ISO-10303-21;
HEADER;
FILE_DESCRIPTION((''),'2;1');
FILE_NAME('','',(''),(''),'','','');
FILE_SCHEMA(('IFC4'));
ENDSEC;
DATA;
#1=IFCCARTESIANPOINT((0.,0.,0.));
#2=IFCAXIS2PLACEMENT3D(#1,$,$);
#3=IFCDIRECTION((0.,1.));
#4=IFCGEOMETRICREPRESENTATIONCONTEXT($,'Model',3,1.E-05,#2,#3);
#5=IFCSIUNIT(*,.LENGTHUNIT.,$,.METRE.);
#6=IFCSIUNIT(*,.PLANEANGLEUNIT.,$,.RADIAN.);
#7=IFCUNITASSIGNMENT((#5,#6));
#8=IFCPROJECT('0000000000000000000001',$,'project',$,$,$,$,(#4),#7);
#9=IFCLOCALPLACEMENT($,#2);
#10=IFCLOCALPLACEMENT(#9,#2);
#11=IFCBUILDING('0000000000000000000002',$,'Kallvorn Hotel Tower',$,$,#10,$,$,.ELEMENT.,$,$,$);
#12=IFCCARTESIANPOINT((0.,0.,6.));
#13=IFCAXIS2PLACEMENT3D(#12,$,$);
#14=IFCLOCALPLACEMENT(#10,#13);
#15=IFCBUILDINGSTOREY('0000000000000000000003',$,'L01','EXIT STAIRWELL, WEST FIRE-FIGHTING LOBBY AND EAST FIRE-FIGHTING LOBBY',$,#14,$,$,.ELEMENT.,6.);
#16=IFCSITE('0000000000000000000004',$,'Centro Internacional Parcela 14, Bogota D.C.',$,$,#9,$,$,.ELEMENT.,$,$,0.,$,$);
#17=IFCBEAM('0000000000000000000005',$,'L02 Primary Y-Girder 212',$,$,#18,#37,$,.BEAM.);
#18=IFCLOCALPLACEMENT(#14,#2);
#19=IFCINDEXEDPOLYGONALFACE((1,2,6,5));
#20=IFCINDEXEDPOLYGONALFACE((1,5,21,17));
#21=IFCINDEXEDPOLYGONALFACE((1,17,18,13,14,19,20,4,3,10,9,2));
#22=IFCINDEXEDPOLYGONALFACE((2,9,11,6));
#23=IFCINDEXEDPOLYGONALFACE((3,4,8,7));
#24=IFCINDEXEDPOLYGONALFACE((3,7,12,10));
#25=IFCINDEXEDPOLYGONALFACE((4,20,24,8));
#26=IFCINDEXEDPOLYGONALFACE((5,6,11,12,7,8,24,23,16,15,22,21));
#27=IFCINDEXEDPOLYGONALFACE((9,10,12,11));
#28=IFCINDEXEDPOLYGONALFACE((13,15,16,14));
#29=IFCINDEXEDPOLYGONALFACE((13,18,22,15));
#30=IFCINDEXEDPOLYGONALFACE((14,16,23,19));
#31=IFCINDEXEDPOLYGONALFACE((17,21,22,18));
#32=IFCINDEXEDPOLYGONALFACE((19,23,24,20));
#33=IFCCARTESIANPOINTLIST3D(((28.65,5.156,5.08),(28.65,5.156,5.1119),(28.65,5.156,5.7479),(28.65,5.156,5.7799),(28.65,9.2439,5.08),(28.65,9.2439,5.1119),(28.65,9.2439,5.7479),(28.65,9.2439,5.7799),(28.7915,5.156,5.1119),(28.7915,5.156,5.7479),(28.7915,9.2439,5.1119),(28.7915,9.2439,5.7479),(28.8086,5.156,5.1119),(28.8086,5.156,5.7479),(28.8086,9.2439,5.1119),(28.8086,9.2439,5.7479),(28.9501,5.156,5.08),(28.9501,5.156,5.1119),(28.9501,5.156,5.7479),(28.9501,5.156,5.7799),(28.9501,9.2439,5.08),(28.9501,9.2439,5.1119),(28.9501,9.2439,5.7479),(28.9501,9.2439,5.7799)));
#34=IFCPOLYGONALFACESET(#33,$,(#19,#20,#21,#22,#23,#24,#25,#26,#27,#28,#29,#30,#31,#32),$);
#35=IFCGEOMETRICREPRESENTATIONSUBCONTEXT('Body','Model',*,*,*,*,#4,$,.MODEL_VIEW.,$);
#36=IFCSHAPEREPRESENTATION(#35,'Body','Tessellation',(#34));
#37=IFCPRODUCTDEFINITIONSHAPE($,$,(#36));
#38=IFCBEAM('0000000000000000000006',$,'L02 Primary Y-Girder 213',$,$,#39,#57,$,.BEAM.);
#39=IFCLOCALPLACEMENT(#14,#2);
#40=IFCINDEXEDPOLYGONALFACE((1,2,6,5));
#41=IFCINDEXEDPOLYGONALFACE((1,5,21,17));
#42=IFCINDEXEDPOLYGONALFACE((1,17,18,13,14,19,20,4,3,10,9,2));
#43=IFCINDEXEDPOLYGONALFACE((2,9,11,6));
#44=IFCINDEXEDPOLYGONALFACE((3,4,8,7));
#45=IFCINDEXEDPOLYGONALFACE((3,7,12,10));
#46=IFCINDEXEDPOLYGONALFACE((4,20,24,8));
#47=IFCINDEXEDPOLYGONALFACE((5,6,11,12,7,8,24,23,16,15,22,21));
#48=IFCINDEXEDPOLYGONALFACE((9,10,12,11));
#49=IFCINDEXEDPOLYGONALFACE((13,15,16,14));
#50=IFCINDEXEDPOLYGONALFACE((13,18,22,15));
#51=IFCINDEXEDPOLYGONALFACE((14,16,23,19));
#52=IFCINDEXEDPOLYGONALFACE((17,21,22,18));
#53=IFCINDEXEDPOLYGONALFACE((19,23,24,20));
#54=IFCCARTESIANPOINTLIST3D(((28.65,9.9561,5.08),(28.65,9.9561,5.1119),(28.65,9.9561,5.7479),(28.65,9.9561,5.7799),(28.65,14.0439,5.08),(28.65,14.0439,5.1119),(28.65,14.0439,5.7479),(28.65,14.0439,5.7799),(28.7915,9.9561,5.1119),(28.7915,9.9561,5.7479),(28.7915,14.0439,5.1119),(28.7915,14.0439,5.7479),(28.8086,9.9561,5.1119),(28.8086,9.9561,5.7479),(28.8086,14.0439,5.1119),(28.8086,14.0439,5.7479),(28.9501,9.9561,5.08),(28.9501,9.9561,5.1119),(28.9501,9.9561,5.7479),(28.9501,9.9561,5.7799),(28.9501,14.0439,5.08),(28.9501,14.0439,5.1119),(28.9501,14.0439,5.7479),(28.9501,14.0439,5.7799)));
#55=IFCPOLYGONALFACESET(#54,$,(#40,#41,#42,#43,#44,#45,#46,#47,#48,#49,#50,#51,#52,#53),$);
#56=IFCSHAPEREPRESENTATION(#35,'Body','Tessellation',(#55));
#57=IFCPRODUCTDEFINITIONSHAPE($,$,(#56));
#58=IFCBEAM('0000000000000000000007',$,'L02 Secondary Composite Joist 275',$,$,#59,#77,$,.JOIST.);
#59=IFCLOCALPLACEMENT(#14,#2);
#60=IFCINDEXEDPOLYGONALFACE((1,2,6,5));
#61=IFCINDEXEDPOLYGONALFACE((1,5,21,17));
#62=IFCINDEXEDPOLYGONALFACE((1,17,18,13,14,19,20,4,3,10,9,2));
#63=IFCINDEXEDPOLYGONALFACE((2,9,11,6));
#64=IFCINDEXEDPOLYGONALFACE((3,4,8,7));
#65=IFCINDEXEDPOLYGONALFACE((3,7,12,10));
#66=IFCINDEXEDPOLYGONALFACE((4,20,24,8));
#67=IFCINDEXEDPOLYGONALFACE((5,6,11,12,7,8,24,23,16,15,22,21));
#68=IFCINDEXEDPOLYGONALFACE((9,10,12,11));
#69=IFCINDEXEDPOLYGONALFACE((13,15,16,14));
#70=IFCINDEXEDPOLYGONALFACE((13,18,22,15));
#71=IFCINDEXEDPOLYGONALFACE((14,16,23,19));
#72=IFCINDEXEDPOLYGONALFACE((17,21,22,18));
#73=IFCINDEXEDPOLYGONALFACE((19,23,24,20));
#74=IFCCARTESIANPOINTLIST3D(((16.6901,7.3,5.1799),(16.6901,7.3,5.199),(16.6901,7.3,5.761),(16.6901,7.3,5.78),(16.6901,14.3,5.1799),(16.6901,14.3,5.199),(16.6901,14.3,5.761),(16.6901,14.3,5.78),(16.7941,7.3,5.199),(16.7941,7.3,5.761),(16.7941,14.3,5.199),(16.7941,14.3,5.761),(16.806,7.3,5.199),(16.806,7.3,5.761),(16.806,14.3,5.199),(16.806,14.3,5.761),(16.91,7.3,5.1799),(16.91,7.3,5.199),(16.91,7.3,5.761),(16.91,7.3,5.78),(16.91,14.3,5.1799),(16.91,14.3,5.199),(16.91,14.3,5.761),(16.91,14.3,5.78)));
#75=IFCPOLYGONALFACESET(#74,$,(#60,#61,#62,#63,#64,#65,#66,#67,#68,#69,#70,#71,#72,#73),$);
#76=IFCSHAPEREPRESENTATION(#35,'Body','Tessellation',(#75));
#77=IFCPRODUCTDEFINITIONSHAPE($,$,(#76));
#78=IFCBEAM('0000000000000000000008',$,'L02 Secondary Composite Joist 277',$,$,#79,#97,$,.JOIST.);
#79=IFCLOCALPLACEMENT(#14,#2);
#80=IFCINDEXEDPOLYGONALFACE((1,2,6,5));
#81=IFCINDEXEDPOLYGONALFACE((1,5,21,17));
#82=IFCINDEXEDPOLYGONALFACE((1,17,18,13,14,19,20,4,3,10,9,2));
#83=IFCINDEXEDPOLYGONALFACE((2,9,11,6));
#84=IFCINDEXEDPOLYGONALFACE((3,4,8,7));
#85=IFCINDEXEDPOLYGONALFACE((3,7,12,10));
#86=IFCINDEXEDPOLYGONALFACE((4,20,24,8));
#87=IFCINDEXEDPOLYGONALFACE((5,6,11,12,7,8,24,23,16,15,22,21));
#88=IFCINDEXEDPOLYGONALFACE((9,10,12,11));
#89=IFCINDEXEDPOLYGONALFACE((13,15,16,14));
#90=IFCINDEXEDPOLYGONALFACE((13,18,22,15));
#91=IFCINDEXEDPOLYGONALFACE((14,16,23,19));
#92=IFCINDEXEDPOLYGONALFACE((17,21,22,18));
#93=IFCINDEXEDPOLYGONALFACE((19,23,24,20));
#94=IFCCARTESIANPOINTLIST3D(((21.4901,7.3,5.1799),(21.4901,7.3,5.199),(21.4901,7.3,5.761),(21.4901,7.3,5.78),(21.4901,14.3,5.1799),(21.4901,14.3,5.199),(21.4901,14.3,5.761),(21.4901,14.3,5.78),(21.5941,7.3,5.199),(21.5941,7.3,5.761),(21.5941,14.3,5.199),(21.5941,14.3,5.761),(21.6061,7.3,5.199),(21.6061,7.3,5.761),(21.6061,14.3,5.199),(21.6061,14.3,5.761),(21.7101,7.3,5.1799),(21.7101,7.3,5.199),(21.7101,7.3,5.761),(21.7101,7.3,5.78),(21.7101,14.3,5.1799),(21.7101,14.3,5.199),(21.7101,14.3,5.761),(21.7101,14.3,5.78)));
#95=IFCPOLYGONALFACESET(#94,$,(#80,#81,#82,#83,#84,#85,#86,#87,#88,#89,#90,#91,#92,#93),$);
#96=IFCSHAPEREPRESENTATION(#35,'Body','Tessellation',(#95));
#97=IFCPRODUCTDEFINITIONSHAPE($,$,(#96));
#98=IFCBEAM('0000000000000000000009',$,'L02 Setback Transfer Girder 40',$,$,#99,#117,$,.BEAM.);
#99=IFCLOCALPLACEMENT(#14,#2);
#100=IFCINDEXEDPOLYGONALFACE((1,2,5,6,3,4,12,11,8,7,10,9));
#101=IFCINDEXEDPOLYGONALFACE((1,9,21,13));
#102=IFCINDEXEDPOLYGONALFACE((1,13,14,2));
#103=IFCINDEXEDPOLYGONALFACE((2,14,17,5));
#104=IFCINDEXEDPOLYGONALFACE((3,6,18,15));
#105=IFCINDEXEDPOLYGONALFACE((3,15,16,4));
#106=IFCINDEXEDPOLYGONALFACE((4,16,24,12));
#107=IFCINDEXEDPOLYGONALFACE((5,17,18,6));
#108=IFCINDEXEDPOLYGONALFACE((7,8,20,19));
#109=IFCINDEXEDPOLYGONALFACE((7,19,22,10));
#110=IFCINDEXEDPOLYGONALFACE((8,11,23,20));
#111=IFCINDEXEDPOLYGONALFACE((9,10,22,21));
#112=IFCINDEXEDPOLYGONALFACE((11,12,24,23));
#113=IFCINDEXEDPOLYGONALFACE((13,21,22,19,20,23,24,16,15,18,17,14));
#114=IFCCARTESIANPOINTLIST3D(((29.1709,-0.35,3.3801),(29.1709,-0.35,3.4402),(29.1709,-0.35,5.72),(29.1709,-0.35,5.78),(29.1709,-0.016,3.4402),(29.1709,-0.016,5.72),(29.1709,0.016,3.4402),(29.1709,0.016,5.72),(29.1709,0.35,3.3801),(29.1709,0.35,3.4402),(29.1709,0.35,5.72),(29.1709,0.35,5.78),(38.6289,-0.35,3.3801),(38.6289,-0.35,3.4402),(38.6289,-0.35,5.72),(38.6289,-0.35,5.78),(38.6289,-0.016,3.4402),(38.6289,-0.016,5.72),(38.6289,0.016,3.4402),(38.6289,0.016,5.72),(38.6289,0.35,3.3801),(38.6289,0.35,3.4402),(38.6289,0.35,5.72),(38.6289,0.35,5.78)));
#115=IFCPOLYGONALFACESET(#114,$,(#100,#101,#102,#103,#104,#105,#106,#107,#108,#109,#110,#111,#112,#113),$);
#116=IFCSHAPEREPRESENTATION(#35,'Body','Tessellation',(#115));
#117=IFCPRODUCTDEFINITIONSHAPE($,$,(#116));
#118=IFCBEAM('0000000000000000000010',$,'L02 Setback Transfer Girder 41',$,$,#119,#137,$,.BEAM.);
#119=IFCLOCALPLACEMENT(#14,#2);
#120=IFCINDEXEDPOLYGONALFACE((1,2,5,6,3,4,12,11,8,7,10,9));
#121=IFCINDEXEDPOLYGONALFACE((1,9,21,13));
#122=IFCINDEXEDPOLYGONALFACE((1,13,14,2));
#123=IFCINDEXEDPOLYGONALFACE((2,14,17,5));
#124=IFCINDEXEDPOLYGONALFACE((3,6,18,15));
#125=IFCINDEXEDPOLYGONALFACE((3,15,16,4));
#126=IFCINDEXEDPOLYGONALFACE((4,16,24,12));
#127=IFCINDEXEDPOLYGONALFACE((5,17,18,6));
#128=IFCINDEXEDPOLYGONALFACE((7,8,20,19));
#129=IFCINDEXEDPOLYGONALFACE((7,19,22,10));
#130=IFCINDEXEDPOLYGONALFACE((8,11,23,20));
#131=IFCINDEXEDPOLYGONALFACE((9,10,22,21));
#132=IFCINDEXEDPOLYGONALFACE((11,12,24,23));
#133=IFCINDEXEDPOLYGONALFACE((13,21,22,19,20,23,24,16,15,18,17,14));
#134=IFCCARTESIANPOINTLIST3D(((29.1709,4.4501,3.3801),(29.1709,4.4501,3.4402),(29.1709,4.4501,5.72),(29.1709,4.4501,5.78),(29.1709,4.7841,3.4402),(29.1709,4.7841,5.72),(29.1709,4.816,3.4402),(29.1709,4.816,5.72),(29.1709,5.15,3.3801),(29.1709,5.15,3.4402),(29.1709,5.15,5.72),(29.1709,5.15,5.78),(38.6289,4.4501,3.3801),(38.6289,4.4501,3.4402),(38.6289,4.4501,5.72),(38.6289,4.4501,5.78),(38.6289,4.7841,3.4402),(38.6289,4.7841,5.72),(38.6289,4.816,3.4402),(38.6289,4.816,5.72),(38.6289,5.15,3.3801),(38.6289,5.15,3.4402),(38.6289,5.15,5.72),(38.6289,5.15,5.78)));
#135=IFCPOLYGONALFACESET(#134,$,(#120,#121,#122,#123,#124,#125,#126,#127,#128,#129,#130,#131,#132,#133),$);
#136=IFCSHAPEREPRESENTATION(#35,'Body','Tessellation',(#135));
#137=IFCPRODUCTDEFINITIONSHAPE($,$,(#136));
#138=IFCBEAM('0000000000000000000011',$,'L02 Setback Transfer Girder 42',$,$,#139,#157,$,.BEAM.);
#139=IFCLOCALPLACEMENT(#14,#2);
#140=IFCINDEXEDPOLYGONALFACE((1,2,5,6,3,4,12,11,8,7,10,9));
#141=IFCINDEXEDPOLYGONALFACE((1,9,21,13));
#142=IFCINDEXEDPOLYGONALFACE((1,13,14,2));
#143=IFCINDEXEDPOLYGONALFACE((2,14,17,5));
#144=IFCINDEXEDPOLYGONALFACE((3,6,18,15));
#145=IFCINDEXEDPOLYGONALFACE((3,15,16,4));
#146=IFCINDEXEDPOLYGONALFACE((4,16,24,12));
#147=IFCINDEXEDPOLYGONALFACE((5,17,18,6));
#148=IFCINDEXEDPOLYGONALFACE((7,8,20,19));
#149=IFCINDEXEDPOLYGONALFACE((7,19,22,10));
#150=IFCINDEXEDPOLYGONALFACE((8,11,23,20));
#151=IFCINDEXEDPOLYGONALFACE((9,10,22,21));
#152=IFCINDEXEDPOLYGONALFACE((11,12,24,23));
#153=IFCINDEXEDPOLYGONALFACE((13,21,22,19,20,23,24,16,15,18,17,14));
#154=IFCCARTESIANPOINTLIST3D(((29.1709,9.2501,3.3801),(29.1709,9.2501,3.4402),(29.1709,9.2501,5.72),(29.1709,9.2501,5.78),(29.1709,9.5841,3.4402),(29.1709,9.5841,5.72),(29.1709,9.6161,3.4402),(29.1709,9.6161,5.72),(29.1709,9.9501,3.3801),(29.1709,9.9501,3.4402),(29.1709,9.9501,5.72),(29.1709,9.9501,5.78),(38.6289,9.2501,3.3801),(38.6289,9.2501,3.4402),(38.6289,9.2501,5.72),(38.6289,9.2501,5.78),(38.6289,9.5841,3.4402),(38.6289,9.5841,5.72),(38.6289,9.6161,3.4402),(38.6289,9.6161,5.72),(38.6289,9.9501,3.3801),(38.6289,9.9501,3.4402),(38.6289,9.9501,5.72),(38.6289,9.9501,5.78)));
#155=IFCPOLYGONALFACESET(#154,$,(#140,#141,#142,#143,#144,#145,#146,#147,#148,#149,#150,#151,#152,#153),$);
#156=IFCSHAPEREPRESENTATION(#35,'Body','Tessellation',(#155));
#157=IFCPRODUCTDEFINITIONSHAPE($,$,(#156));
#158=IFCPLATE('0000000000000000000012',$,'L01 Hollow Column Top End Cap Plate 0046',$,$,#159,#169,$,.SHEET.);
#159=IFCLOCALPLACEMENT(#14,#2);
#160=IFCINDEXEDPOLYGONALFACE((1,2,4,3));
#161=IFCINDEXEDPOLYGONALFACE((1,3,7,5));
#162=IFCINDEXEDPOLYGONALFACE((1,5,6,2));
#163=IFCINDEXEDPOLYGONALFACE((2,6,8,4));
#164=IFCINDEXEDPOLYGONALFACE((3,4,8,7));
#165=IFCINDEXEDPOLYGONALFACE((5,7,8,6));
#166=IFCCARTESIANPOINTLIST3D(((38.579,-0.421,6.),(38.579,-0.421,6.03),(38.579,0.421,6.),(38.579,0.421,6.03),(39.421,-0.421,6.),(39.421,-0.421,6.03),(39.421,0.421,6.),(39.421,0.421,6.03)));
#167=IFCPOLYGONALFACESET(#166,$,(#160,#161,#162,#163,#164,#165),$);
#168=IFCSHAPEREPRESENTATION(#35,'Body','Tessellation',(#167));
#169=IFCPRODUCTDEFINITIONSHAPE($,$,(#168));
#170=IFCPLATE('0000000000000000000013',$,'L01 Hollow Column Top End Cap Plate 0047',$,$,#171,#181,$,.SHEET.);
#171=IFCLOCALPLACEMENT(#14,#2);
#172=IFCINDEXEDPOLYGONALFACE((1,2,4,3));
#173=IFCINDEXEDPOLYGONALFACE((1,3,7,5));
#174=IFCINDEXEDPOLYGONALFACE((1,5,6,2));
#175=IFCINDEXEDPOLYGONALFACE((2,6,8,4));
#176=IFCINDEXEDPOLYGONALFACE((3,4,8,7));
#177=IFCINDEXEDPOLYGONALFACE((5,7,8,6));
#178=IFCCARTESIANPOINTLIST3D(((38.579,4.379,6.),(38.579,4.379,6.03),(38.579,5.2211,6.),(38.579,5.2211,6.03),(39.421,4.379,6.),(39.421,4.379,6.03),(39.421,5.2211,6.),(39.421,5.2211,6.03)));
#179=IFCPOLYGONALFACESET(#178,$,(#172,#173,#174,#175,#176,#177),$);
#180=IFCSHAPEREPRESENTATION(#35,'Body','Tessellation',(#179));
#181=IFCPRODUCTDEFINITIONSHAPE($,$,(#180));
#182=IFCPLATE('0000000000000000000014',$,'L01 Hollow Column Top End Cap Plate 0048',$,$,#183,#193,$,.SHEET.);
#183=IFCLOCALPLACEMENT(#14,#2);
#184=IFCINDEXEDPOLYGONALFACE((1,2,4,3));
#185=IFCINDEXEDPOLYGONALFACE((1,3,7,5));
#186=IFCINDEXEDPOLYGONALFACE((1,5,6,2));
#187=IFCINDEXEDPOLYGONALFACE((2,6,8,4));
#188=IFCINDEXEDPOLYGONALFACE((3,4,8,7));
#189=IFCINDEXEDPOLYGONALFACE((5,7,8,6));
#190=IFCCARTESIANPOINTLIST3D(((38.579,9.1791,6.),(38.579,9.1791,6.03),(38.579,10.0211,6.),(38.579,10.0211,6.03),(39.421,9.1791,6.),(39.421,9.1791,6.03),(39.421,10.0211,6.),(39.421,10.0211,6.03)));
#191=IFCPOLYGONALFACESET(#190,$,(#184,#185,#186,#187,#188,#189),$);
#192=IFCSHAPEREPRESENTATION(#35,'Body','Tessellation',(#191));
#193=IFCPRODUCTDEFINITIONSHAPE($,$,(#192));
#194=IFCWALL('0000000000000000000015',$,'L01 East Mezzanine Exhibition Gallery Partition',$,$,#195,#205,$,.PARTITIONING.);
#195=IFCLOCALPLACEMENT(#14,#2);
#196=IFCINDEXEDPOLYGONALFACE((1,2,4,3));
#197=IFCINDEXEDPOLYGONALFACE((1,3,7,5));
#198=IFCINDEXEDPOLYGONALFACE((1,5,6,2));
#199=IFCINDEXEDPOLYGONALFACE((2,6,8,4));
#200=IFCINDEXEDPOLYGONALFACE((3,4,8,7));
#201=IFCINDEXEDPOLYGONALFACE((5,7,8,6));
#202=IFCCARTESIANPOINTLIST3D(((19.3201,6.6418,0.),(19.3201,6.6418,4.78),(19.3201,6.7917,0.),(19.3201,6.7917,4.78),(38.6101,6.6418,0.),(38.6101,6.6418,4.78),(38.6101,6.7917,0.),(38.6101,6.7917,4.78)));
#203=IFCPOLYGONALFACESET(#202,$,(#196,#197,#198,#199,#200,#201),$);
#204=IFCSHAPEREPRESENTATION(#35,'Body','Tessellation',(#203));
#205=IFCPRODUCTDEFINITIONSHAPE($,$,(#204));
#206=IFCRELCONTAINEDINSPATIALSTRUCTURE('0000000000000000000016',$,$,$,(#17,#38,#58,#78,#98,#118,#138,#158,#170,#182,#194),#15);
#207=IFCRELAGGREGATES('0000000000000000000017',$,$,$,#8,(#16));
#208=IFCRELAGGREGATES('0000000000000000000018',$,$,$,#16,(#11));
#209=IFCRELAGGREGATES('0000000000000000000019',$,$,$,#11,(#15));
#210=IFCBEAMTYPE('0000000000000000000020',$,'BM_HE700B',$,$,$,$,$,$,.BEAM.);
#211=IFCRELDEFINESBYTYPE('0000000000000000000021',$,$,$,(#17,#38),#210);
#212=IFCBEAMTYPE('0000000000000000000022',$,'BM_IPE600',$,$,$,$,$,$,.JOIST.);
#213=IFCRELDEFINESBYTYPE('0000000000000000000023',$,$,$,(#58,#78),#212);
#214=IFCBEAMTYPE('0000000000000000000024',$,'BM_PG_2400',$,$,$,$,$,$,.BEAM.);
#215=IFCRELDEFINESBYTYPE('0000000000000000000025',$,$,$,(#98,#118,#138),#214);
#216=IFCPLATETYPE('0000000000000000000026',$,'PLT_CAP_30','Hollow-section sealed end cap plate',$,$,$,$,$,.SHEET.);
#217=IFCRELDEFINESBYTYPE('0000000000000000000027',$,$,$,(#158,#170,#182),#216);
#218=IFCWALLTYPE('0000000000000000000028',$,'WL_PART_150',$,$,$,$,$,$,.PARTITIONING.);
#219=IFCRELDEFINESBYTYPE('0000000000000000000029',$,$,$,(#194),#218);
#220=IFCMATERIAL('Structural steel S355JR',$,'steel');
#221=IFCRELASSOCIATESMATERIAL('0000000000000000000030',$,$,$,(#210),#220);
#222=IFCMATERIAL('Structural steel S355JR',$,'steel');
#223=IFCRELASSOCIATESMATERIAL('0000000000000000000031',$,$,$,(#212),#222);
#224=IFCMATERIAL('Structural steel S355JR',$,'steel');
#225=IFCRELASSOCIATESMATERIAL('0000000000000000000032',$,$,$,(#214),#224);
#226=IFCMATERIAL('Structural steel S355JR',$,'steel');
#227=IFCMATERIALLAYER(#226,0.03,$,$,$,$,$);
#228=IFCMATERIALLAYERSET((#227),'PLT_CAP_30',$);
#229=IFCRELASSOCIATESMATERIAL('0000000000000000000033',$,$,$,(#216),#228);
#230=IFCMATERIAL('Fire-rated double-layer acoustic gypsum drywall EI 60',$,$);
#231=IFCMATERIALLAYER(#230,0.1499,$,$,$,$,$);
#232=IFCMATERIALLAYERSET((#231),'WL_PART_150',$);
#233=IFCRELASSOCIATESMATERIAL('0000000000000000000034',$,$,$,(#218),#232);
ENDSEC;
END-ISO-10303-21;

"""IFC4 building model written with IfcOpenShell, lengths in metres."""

from ifc_helpers import new_model, si_unit, direction, frame, frame_2d, origin, origin_2d, place, context, subcontext, project, spatial, rectangle, i_section, extrude, material, layer, layer_set, material_profile, profile_set, type_object, element, save


model = new_model("IFC4")

# Units and contexts
model_context = context("Model", 3, precision=1e-05, world=origin(), true_north=direction((0.0, 1.0)))
body_context = subcontext(model_context, "Body", "Model", "MODEL_VIEW")
ifc_project = project(units=[si_unit("LENGTHUNIT", "METRE"), si_unit("PLANEANGLEUNIT", "RADIAN")], contexts=[model_context])

# Site, building, storey
site_placement = place(None, origin())
site = spatial("IfcSite", under=ifc_project, at=site_placement, Name="Centro Internacional Parcela 14, Bogota D.C.", CompositionType="ELEMENT", RefElevation=0.0)
building_placement = place(site_placement, origin())
building = spatial("IfcBuilding", under=site, at=building_placement, Name="Kallvorn Hotel Tower", CompositionType="ELEMENT")
storey_placement = place(building_placement, frame((0.0, 0.0, 6.0)))
storey = spatial("IfcBuildingStorey", under=building, at=storey_placement, Name="L01", Description="EXIT STAIRWELL, WEST FIRE-FIGHTING LOBBY AND EAST FIRE-FIGHTING LOBBY", CompositionType="ELEMENT", Elevation=6.0)

# Beams
ifc_material_1 = material(Name="Structural steel S355JR", Category="steel")
ifc_material_profile_1 = material_profile(ifc_material_1, i_section(OverallWidth=0.3, OverallDepth=0.7, WebThickness=0.0171, FlangeThickness=0.032, at=origin_2d()), Name="HE 700 B")
ifc_profile_set_1 = profile_set([ifc_material_profile_1], Name="Structural steel S355JR")
beam_type_1 = type_object("IfcBeamType", Name="BM_HE700B", PredefinedType="BEAM", material=ifc_profile_set_1)
for number, where, z_axis, x_axis, name in (
    (1, (28.8, 5.156, 5.4299), (0.0, 1.0, 0.0), (-1.0, 0.0, 0.0), "L02 Primary Y-Girder 212"),
    (2, (28.8, 9.9561, 5.4299), (0.0, 1.0, 0.0), (-1.0, 0.0, 0.0), "L02 Primary Y-Girder 213"),
):
    element("IfcBeam", number, at=place(storey_placement, frame(where, z_axis=z_axis, x_axis=x_axis)), inside=storey, type_object=beam_type_1, Name=name, PredefinedType="BEAM", context=body_context, shape_type="SweptSolid", body=[
        extrude(i_section(OverallWidth=0.3, OverallDepth=0.7, WebThickness=0.0171, FlangeThickness=0.032, at=origin_2d()), origin(), (0.0, 0.0, 1.0), 4.0879),
    ])
ifc_material_2 = material(Name="Structural steel S355JR", Category="steel")
ifc_material_profile_2 = material_profile(ifc_material_2, i_section(OverallWidth=0.22, OverallDepth=0.6001, WebThickness=0.012, FlangeThickness=0.019, at=origin_2d()), Name="IPE 600")
ifc_profile_set_2 = profile_set([ifc_material_profile_2], Name="Structural steel S355JR")
beam_type_2 = type_object("IfcBeamType", Name="BM_IPE600", PredefinedType="JOIST", material=ifc_profile_set_2)
for number, where, z_axis, x_axis, name in (
    (3, (16.8, 7.3, 5.48), (0.0, 1.0, 0.0), (-1.0, 0.0, 0.0), "L02 Secondary Composite Joist 275"),
    (4, (21.6001, 7.3, 5.48), (0.0, 1.0, 0.0), (-1.0, 0.0, 0.0), "L02 Secondary Composite Joist 277"),
):
    element("IfcBeam", number, at=place(storey_placement, frame(where, z_axis=z_axis, x_axis=x_axis)), inside=storey, type_object=beam_type_2, Name=name, PredefinedType="JOIST", context=body_context, shape_type="SweptSolid", body=[
        extrude(i_section(OverallWidth=0.22, OverallDepth=0.6001, WebThickness=0.012, FlangeThickness=0.019, at=origin_2d()), origin(), (0.0, 0.0, 1.0), 7.0),
    ])
ifc_material_3 = material(Name="Structural steel S355JR", Category="steel")
ifc_material_profile_3 = material_profile(ifc_material_3, i_section(OverallWidth=0.7, OverallDepth=2.3999, WebThickness=0.032, FlangeThickness=0.0601, at=origin_2d()), Name="PG 2400x700x32x60")
ifc_profile_set_3 = profile_set([ifc_material_profile_3], Name="Structural steel S355JR")
beam_type_3 = type_object("IfcBeamType", Name="BM_PG_2400", PredefinedType="BEAM", material=ifc_profile_set_3)
for number, where, z_axis, x_axis, name in (
    (5, (29.1709, 0.0, 4.5801), (1.0, 0.0, 0.0), (0.0, 1.0, 0.0), "L02 Setback Transfer Girder 40"),
    (6, (29.1709, 4.8, 4.5801), (1.0, 0.0, 0.0), (0.0, 1.0, 0.0), "L02 Setback Transfer Girder 41"),
    (7, (29.1709, 9.6001, 4.5801), (1.0, 0.0, 0.0), (0.0, 1.0, 0.0), "L02 Setback Transfer Girder 42"),
):
    element("IfcBeam", number, at=place(storey_placement, frame(where, z_axis=z_axis, x_axis=x_axis)), inside=storey, type_object=beam_type_3, Name=name, PredefinedType="BEAM", context=body_context, shape_type="SweptSolid", body=[
        extrude(i_section(OverallWidth=0.7, OverallDepth=2.3999, WebThickness=0.032, FlangeThickness=0.0601, at=origin_2d()), origin(), (0.0, 0.0, 1.0), 9.458),
    ])

# Plates
ifc_material_4 = material(Name="Structural steel S355JR", Category="steel")
ifc_layer_1 = layer(ifc_material_4, 0.03)
ifc_layer_set_1 = layer_set([ifc_layer_1], Name="PLT_CAP_30")
plate_type = type_object("IfcPlateType", Name="PLT_CAP_30", Description="Hollow-section sealed end cap plate", PredefinedType="SHEET", material=ifc_layer_set_1)
for number, where, z_axis, x_axis, name in (
    (8, (39.0, 0.0, 6.0), (0.0, 0.0, 1.0), (1.0, 0.0, 0.0), "L01 Hollow Column Top End Cap Plate 0046"),
    (9, (39.0, 4.8, 6.0), (0.0, 0.0, 1.0), (1.0, 0.0, 0.0), "L01 Hollow Column Top End Cap Plate 0047"),
    (10, (39.0, 9.6001, 6.0), (0.0, 0.0, 1.0), (1.0, 0.0, 0.0), "L01 Hollow Column Top End Cap Plate 0048"),
):
    element("IfcPlate", number, at=place(storey_placement, frame(where, z_axis=z_axis, x_axis=x_axis)), inside=storey, type_object=plate_type, Name=name, PredefinedType="SHEET", context=body_context, shape_type="SweptSolid", body=[
        extrude(rectangle(XDim=0.842, YDim=0.842, at=origin_2d()), origin(), (0.0, 0.0, 1.0), 0.03),
    ])

# Wall
ifc_material_5 = material(Name="Fire-rated double-layer acoustic gypsum drywall EI 60")
ifc_layer_2 = layer(ifc_material_5, 0.1499)
ifc_layer_set_2 = layer_set([ifc_layer_2], Name="WL_PART_150")
wall_type = type_object("IfcWallType", Name="WL_PART_150", PredefinedType="PARTITIONING", material=ifc_layer_set_2)
wall_1_placement = place(storey_placement, frame((19.3201, 6.7168, 0.0), z_axis=(0.0, 0.0, 1.0), x_axis=(1.0, 0.0, 0.0)))
element("IfcWall", 11, at=wall_1_placement, inside=storey, type_object=wall_type, Name="L01 East Mezzanine Exhibition Gallery Partition", PredefinedType="PARTITIONING", context=body_context, shape_type="SweptSolid", body=[
    extrude(rectangle(XDim=19.29, YDim=0.1499, at=frame_2d((9.645, 0.0))), origin(), (0.0, 0.0, 1.0), 4.78),
])

save(model, "model.ifc")
